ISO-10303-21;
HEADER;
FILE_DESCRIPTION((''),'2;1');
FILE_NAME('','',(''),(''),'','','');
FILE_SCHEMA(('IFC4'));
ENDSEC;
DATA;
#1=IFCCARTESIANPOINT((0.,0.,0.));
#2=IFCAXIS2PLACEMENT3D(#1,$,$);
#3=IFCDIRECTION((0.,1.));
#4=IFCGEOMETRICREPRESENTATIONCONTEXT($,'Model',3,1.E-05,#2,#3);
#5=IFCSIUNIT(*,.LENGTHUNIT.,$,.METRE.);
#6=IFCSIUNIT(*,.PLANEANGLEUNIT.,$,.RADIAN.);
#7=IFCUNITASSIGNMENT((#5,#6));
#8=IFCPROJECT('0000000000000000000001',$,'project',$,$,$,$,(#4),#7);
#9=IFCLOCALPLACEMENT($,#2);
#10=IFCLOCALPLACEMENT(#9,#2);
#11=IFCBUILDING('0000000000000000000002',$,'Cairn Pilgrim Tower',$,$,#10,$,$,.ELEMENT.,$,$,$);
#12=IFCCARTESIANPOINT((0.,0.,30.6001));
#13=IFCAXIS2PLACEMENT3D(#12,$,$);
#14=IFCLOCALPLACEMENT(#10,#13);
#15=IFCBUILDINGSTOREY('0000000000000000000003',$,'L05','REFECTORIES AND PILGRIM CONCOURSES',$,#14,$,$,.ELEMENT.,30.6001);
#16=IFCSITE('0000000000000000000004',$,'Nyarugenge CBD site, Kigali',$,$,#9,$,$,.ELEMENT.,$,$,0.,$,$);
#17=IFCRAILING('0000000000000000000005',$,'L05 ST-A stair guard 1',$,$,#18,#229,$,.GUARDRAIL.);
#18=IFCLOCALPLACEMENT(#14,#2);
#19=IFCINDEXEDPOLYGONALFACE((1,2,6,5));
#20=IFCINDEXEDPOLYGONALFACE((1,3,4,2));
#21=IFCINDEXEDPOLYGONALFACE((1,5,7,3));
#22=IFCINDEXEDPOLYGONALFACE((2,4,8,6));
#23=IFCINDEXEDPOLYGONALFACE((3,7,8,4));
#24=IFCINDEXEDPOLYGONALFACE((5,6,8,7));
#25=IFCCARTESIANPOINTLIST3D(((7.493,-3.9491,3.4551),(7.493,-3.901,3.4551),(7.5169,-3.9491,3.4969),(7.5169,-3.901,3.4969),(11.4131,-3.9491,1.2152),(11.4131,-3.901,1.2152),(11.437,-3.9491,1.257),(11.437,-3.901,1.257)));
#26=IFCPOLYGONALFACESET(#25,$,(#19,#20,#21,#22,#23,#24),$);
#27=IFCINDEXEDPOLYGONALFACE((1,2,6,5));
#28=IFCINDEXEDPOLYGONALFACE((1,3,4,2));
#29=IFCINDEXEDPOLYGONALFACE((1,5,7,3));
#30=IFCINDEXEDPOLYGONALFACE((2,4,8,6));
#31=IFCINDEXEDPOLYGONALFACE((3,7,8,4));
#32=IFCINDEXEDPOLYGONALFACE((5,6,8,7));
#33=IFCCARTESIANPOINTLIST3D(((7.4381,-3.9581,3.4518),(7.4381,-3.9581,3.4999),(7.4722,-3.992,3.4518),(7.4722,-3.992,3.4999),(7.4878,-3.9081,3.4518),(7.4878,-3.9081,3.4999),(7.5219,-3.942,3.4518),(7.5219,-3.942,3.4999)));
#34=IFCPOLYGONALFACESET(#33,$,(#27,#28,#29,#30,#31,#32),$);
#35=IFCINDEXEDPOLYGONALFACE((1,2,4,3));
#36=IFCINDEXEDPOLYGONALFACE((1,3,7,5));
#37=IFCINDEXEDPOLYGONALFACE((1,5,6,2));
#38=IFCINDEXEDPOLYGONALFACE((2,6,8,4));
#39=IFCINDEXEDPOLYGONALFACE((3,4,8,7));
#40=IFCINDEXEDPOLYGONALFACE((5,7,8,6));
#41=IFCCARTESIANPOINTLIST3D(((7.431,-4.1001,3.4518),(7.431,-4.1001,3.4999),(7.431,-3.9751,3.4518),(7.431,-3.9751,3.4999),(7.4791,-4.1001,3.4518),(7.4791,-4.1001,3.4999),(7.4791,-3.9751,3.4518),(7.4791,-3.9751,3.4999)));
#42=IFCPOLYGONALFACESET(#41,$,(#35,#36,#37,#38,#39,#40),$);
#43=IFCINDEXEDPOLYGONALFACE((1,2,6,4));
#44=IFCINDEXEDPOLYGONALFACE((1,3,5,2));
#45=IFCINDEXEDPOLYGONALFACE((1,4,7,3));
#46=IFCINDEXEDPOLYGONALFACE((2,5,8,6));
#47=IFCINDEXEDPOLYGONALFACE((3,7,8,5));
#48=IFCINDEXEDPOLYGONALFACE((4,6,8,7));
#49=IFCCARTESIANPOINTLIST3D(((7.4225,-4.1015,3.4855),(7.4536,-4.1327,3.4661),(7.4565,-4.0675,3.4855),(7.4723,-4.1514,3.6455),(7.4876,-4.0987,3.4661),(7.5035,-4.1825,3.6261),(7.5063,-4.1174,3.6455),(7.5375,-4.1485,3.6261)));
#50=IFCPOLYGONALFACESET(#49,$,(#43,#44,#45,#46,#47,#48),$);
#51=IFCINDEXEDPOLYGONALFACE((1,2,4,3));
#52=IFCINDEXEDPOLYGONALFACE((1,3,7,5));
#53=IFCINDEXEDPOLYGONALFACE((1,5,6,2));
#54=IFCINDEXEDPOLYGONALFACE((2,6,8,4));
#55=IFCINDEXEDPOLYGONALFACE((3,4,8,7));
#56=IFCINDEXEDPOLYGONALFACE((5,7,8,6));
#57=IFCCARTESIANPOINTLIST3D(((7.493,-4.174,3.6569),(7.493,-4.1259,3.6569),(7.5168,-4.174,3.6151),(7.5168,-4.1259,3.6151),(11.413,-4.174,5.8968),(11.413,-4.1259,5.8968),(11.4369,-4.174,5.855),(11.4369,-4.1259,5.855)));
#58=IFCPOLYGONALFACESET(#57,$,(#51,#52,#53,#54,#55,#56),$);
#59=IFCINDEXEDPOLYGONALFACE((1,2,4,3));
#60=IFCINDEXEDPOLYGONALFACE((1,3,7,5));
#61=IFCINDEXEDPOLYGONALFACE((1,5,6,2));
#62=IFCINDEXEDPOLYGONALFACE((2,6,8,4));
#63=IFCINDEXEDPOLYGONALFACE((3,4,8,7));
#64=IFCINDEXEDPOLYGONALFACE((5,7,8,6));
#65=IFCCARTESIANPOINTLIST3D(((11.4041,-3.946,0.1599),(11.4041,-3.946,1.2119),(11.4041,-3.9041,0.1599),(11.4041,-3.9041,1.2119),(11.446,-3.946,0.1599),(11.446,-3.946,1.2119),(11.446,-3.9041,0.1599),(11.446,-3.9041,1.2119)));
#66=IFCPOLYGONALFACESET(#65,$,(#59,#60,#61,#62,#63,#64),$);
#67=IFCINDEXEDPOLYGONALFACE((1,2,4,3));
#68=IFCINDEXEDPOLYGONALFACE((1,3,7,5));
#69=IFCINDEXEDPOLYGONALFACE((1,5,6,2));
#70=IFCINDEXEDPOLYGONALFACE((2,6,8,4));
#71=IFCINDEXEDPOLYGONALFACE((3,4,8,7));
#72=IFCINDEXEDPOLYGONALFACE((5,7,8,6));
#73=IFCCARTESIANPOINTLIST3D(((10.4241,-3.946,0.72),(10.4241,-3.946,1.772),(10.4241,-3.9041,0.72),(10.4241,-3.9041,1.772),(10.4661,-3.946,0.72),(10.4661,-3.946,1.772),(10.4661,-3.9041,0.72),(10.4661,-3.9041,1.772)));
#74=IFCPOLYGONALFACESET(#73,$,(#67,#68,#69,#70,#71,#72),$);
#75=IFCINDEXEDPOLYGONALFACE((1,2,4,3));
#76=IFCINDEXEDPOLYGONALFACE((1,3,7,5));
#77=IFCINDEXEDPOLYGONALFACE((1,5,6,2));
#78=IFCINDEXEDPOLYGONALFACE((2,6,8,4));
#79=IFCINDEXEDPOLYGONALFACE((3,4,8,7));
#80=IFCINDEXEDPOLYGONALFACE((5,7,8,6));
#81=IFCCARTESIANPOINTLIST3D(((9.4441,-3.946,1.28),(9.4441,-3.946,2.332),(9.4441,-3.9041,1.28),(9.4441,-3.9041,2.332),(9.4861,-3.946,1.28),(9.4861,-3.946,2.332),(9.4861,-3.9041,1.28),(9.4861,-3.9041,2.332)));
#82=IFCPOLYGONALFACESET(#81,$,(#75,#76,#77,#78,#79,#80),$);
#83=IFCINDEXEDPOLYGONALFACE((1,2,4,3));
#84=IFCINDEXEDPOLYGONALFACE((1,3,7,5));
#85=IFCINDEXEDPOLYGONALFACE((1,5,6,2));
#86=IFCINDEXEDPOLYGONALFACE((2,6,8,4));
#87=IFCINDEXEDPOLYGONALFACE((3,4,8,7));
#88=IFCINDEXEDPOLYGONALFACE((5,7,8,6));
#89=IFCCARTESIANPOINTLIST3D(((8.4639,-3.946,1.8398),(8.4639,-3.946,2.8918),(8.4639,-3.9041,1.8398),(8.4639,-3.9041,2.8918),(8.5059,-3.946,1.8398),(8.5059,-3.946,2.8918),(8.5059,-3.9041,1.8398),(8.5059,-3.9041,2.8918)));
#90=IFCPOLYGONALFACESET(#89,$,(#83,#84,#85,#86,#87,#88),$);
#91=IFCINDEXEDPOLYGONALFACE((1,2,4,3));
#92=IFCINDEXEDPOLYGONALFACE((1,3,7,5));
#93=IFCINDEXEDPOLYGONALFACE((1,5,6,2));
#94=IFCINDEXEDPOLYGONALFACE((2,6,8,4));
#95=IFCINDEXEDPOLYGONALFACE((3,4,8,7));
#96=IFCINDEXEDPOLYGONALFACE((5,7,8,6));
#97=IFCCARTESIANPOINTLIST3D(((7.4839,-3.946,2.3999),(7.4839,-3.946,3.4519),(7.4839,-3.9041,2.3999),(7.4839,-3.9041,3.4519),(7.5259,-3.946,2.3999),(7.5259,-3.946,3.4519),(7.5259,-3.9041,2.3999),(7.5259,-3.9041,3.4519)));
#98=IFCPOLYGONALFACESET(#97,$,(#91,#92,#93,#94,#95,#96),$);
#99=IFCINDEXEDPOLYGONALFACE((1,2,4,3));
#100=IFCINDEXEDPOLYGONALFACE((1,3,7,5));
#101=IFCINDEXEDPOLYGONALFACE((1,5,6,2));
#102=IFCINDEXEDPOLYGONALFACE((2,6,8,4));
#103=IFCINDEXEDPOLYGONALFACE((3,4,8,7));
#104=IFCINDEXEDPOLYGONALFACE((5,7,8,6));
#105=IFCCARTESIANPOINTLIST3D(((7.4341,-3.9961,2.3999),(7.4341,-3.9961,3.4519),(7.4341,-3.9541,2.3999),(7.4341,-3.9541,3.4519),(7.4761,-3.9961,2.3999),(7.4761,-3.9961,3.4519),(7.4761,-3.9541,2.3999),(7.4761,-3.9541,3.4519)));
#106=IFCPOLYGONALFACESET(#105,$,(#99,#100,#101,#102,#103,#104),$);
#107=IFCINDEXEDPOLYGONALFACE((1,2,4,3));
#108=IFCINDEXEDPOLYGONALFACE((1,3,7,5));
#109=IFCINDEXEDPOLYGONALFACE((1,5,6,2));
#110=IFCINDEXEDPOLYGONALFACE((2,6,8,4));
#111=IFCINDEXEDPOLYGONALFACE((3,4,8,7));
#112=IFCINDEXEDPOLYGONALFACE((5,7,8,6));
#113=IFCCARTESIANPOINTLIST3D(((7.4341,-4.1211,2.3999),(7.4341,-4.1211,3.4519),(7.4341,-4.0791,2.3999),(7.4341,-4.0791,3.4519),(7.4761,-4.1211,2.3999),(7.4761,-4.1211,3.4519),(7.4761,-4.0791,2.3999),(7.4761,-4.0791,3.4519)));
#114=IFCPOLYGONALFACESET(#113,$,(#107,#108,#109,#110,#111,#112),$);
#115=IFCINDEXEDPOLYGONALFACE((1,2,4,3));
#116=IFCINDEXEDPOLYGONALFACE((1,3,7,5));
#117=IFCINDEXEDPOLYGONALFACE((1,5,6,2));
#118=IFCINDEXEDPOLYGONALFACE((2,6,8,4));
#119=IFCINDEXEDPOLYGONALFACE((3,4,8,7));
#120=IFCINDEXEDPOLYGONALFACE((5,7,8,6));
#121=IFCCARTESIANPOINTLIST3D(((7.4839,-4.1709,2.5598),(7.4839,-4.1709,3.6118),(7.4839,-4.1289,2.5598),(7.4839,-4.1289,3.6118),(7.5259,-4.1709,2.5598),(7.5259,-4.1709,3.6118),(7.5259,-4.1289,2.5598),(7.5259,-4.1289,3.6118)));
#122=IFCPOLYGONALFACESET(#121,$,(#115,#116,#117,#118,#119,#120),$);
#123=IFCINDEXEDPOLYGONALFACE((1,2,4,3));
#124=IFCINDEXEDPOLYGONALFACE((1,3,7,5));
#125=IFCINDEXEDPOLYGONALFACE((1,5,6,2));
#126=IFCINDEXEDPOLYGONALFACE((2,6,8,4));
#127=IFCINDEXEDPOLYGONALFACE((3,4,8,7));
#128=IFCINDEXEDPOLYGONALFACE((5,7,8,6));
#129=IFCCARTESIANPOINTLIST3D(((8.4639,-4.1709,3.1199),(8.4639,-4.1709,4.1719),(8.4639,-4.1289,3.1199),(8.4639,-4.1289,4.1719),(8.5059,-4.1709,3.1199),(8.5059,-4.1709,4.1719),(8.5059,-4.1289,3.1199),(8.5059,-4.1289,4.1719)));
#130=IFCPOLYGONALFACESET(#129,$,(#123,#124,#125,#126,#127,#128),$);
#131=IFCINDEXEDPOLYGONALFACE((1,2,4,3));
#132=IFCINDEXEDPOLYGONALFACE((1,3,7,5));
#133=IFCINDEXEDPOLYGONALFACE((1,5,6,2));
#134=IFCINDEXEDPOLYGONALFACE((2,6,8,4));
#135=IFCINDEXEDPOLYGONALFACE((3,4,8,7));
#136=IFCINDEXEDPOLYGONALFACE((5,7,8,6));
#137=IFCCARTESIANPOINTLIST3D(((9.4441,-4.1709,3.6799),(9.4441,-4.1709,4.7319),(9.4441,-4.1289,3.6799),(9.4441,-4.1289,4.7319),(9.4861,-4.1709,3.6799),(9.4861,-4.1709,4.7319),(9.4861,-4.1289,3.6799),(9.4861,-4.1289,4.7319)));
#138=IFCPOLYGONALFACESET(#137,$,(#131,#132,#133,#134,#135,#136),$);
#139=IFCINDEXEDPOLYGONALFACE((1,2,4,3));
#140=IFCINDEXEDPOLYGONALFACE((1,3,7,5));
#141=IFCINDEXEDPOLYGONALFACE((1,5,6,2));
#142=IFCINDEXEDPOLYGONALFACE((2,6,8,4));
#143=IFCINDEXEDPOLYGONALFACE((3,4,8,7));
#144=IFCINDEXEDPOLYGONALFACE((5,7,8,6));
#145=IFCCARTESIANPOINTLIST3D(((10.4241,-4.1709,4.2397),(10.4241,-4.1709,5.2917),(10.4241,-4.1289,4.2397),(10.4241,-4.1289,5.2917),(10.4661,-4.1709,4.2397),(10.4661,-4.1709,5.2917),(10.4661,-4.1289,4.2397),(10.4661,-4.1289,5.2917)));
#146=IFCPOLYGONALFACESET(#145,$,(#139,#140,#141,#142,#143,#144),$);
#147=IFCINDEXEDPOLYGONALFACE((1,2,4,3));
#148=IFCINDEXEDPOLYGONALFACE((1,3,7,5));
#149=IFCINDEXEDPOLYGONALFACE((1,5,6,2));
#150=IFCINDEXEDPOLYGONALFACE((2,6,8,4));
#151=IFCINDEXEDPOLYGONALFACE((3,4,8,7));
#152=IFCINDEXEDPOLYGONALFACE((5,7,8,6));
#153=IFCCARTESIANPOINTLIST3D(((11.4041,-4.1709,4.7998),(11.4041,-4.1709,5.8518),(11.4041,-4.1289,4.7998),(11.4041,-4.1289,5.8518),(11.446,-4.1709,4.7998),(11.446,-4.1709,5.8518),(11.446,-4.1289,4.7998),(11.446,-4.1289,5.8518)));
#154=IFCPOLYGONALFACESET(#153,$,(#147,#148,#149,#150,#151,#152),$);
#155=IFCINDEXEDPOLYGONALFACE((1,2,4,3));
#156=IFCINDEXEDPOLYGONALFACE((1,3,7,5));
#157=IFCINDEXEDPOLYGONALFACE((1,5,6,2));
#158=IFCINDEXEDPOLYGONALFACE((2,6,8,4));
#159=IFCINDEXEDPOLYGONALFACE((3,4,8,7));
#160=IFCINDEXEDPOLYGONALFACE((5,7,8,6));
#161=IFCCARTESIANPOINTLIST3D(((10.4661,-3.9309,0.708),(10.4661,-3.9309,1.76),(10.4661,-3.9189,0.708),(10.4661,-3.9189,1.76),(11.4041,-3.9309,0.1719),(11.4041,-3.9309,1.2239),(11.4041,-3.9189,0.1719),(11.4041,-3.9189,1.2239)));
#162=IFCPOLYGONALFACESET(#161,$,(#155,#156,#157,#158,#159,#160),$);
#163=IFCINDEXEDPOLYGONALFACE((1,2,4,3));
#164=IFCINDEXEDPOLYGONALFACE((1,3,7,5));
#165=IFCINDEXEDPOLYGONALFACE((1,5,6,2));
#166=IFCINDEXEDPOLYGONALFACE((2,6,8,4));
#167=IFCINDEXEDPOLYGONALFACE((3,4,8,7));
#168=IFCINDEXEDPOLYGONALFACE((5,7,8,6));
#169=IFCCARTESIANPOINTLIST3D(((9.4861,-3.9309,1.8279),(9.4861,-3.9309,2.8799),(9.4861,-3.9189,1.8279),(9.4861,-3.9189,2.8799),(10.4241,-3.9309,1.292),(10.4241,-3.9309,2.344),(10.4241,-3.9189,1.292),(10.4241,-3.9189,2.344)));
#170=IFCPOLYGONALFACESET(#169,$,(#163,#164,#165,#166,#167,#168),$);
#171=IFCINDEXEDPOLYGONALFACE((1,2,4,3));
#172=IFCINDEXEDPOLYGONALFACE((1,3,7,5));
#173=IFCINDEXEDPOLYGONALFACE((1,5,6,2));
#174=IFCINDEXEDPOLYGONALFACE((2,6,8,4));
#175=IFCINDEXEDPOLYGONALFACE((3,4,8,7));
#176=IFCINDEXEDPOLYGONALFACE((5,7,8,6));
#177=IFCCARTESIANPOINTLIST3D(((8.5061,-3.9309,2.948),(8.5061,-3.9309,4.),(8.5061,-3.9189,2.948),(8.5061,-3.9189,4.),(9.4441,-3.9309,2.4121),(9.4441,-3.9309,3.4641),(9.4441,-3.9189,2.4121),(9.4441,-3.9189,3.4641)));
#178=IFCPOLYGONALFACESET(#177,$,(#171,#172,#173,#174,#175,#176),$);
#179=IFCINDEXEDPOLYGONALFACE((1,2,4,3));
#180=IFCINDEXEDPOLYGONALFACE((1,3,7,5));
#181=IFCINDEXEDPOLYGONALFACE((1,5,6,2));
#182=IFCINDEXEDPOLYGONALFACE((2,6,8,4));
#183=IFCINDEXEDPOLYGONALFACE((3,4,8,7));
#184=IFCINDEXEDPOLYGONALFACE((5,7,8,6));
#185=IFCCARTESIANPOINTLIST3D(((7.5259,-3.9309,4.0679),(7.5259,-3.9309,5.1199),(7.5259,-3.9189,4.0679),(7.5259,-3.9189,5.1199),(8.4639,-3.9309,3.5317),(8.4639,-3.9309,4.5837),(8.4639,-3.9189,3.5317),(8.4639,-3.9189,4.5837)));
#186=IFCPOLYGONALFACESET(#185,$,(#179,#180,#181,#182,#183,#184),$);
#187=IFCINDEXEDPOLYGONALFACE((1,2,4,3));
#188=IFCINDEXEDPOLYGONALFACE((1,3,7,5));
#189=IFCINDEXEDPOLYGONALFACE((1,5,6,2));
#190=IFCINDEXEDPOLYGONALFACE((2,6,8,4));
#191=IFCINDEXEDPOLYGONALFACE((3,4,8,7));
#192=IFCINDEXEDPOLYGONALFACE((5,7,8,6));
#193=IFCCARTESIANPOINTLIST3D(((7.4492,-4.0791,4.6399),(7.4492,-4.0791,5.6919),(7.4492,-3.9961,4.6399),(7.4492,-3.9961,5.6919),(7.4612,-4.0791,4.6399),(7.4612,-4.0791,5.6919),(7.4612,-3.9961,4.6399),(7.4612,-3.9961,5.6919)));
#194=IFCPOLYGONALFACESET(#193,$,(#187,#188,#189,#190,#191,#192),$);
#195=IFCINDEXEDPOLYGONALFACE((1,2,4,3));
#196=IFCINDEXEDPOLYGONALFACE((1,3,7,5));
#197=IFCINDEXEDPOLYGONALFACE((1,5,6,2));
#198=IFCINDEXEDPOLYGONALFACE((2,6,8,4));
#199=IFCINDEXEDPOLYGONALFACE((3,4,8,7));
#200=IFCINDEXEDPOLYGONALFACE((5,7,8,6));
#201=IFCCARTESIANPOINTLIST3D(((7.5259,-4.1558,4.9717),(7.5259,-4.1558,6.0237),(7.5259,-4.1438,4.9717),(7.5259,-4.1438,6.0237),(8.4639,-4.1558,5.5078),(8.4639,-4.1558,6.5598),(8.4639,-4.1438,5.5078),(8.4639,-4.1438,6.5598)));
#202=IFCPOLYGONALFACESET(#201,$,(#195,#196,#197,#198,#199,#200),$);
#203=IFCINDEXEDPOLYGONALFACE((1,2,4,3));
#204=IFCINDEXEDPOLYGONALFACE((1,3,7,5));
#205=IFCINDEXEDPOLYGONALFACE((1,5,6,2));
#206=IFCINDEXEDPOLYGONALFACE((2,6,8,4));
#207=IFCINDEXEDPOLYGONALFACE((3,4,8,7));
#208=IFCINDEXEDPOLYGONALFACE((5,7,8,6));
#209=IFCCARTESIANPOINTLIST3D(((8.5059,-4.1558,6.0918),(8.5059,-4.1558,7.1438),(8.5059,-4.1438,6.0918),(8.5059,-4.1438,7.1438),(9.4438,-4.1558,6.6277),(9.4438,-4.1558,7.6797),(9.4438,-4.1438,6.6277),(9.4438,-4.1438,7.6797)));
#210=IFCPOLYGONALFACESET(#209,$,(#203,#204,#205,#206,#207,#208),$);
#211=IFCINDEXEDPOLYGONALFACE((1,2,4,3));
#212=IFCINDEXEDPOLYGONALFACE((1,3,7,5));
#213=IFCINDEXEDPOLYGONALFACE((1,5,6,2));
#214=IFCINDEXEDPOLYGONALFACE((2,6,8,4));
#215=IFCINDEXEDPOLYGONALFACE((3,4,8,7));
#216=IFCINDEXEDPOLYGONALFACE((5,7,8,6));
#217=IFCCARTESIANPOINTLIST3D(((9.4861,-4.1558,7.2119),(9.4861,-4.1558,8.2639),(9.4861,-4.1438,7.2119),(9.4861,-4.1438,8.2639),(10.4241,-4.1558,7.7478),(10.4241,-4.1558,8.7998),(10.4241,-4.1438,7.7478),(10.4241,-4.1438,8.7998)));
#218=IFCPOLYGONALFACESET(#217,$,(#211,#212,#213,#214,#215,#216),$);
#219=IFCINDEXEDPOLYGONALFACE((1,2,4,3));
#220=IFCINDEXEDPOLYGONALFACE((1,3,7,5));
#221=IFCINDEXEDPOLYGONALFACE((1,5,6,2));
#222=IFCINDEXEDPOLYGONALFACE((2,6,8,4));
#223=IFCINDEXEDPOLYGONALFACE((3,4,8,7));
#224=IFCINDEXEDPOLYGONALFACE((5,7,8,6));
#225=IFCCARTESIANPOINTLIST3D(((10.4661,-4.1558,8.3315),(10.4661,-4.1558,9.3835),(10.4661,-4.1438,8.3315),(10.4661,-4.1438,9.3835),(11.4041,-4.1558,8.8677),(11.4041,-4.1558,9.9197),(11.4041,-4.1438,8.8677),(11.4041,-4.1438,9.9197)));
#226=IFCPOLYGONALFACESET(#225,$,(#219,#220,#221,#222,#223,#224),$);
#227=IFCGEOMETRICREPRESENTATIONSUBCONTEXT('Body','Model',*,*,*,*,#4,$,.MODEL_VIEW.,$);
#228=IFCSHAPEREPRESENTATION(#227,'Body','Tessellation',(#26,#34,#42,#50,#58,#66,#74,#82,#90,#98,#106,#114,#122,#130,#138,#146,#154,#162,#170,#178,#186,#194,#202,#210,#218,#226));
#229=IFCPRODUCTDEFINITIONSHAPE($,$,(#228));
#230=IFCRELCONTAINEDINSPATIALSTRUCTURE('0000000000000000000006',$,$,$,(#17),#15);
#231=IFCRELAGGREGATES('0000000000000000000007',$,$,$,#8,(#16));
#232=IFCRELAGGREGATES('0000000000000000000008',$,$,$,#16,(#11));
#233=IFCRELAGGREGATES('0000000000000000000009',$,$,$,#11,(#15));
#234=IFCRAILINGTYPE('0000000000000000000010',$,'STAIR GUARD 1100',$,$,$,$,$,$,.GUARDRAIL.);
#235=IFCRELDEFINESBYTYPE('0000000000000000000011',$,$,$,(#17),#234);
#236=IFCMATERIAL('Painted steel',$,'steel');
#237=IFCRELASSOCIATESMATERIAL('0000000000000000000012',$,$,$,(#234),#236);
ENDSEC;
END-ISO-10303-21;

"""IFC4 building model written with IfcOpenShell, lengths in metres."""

from ifc_helpers import new_model, si_unit, direction, frame, origin, origin_2d, place, context, subcontext, project, spatial, polyline, rectangle, outline, extrude, material, type_object, element, save


model = new_model("IFC4")

# Units and contexts
model_context = context("Model", 3, precision=1e-05, world=origin(), true_north=direction((0.0, 1.0)))
body_context = subcontext(model_context, "Body", "Model", "MODEL_VIEW")
ifc_project = project(units=[si_unit("LENGTHUNIT", "METRE"), si_unit("PLANEANGLEUNIT", "RADIAN")], contexts=[model_context])

# Site, building, storey
site_placement = place(None, origin())
site = spatial("IfcSite", under=ifc_project, at=site_placement, Name="Nyarugenge CBD site, Kigali", CompositionType="ELEMENT", RefElevation=0.0)
building_placement = place(site_placement, origin())
building = spatial("IfcBuilding", under=site, at=building_placement, Name="Cairn Pilgrim Tower", CompositionType="ELEMENT")
storey_placement = place(building_placement, frame((0.0, 0.0, 30.6001)))
storey = spatial("IfcBuildingStorey", under=building, at=storey_placement, Name="L05", Description="REFECTORIES AND PILGRIM CONCOURSES", CompositionType="ELEMENT", Elevation=30.6001)

# Shared definitions
ifc_material_1 = material(Name="Painted steel", Category="steel")

# Railing
railing_type_1 = type_object("IfcRailingType", Name="STAIR GUARD 1100", PredefinedType="GUARDRAIL", material=ifc_material_1)
railing_1_placement = place(storey_placement, frame((11.425, -3.925, 0.1599)))
element("IfcRailing", 1, at=railing_1_placement, inside=storey, type_object=railing_type_1, Name="L05 ST-A stair guard 1", PredefinedType="GUARDRAIL", context=body_context, shape_type="SweptSolid", body=[
    extrude(rectangle(XDim=0.0481, YDim=0.0481, at=origin_2d()), frame((0.0, 0.0, 1.0762), z_axis=(-0.868253, 0.0, 0.496121), x_axis=(0.0, -1.0, 0.0)), (0.0, 0.0, 1.0), 4.5149),
    extrude(rectangle(XDim=0.0481, YDim=0.0481, at=origin_2d()), frame((-3.9202, 0.0, 3.3159), z_axis=(-0.705376, -0.708834, 0.0), x_axis=(0.708834, -0.705376, 0.0)), (0.0, 0.0, 1.0), 0.0706),
    extrude(rectangle(XDim=0.0481, YDim=0.0481, at=origin_2d()), frame((-3.97, -0.05, 3.3159), z_axis=(0.0, -1.0, 0.0), x_axis=(1.0, 0.0, 0.0)), (0.0, 0.0, 1.0), 0.125),
    extrude(rectangle(XDim=0.0481, YDim=0.0481, at=origin_2d()), frame((-3.97, -0.175, 3.3159), z_axis=(0.285027, -0.285027, 0.915161), x_axis=(0.707107, 0.707107, 0.0)), (0.0, 0.0, 1.0), 0.1748),
    extrude(rectangle(XDim=0.0481, YDim=0.0481, at=origin_2d()), frame((-3.9202, -0.2249, 3.4761), z_axis=(0.868253, 0.0, 0.496121), x_axis=(0.0, 1.0, 0.0)), (0.0, 0.0, 1.0), 4.5149),
    extrude(rectangle(XDim=0.042, YDim=0.042, at=origin_2d()), origin(), (0.0, 0.0, 1.0), 1.052),
    extrude(rectangle(XDim=0.042, YDim=0.042, at=origin_2d()), frame((-0.98, 0.0, 0.5601)), (0.0, 0.0, 1.0), 1.052),
    extrude(rectangle(XDim=0.042, YDim=0.042, at=origin_2d()), frame((-1.96, 0.0, 1.1201)), (0.0, 0.0, 1.0), 1.052),
    extrude(rectangle(XDim=0.042, YDim=0.042, at=origin_2d()), frame((-2.9402, 0.0, 1.6799)), (0.0, 0.0, 1.0), 1.052),
    extrude(rectangle(XDim=0.042, YDim=0.042, at=origin_2d()), frame((-3.9202, 0.0, 2.24)), (0.0, 0.0, 1.0), 1.052),
    extrude(rectangle(XDim=0.042, YDim=0.042, at=origin_2d()), frame((-3.97, -0.05, 2.24)), (0.0, 0.0, 1.0), 1.052),
    extrude(rectangle(XDim=0.042, YDim=0.042, at=origin_2d()), frame((-3.97, -0.175, 2.24)), (0.0, 0.0, 1.0), 1.052),
    extrude(rectangle(XDim=0.042, YDim=0.042, at=origin_2d()), frame((-3.9202, -0.2249, 2.3999)), (0.0, 0.0, 1.0), 1.052),
    extrude(rectangle(XDim=0.042, YDim=0.042, at=origin_2d()), frame((-2.9402, -0.2249, 2.96)), (0.0, 0.0, 1.0), 1.052),
    extrude(rectangle(XDim=0.042, YDim=0.042, at=origin_2d()), frame((-1.96, -0.2249, 3.52)), (0.0, 0.0, 1.0), 1.052),
    extrude(rectangle(XDim=0.042, YDim=0.042, at=origin_2d()), frame((-0.98, -0.2249, 4.0798)), (0.0, 0.0, 1.0), 1.052),
    extrude(rectangle(XDim=0.042, YDim=0.042, at=origin_2d()), frame((0.0, -0.2249, 4.6399)), (0.0, 0.0, 1.0), 1.052),
    extrude(outline(polyline([(0.021, 0.012), (0.959, 0.5481), (0.959, 1.6001), (0.021, 1.064), (0.021, 0.012)])), frame((0.0, -0.0059, 0.0), z_axis=(0.0, 1.0, 0.0), x_axis=(-1.0, 0.0, 0.0)), (0.0, 0.0, 1.0), 0.012),
    extrude(outline(polyline([(0.021, 0.572), (0.959, 1.1079), (0.959, 2.1599), (0.021, 1.624), (0.021, 0.572)])), frame((-0.98, -0.0059, 0.5601), z_axis=(0.0, 1.0, 0.0), x_axis=(-1.0, 0.0, 0.0)), (0.0, 0.0, 1.0), 0.012),
    extrude(outline(polyline([(0.021, 1.1321), (0.959, 1.668), (0.959, 2.72), (0.021, 2.1841), (0.021, 1.1321)])), frame((-1.96, -0.0059, 1.1201), z_axis=(0.0, 1.0, 0.0), x_axis=(-1.0, 0.0, 0.0)), (0.0, 0.0, 1.0), 0.012),
    extrude(outline(polyline([(0.021, 1.6919), (0.959, 2.228), (0.959, 3.28), (0.021, 2.7439), (0.021, 1.6919)])), frame((-2.9402, -0.0059, 1.6799), z_axis=(0.0, 1.0, 0.0), x_axis=(-1.0, 0.0, 0.0)), (0.0, 0.0, 1.0), 0.012),
    extrude(outline(polyline([(0.021, 2.24), (0.104, 2.24), (0.104, 3.292), (0.021, 3.292), (0.021, 2.24)])), frame((-3.9639, -0.05, 2.24), z_axis=(-1.0, 0.0, 0.0), x_axis=(0.0, -1.0, 0.0)), (0.0, 0.0, 1.0), 0.012),
    extrude(outline(polyline([(0.021, 2.4119), (0.959, 2.948), (0.959, 4.0), (0.021, 3.4639), (0.021, 2.4119)])), frame((-3.9202, -0.2188, 2.3999), z_axis=(0.0, -1.0, 0.0), x_axis=(1.0, 0.0, 0.0)), (0.0, 0.0, 1.0), 0.012),
    extrude(outline(polyline([(0.021, 2.9719), (0.959, 3.5078), (0.959, 4.5598), (0.021, 4.0239), (0.021, 2.9719)])), frame((-2.9402, -0.2188, 2.96), z_axis=(0.0, -1.0, 0.0), x_axis=(1.0, 0.0, 0.0)), (0.0, 0.0, 1.0), 0.012),
    extrude(outline(polyline([(0.021, 3.532), (0.959, 4.0679), (0.959, 5.1199), (0.021, 4.584), (0.021, 3.532)])), frame((-1.96, -0.2188, 3.52), z_axis=(0.0, -1.0, 0.0), x_axis=(1.0, 0.0, 0.0)), (0.0, 0.0, 1.0), 0.012),
    extrude(outline(polyline([(0.021, 4.0918), (0.959, 4.6279), (0.959, 5.6799), (0.021, 5.1438), (0.021, 4.0918)])), frame((-0.98, -0.2188, 4.0798), z_axis=(0.0, -1.0, 0.0), x_axis=(1.0, 0.0, 0.0)), (0.0, 0.0, 1.0), 0.012),
])

save(model, "model.ifc")
